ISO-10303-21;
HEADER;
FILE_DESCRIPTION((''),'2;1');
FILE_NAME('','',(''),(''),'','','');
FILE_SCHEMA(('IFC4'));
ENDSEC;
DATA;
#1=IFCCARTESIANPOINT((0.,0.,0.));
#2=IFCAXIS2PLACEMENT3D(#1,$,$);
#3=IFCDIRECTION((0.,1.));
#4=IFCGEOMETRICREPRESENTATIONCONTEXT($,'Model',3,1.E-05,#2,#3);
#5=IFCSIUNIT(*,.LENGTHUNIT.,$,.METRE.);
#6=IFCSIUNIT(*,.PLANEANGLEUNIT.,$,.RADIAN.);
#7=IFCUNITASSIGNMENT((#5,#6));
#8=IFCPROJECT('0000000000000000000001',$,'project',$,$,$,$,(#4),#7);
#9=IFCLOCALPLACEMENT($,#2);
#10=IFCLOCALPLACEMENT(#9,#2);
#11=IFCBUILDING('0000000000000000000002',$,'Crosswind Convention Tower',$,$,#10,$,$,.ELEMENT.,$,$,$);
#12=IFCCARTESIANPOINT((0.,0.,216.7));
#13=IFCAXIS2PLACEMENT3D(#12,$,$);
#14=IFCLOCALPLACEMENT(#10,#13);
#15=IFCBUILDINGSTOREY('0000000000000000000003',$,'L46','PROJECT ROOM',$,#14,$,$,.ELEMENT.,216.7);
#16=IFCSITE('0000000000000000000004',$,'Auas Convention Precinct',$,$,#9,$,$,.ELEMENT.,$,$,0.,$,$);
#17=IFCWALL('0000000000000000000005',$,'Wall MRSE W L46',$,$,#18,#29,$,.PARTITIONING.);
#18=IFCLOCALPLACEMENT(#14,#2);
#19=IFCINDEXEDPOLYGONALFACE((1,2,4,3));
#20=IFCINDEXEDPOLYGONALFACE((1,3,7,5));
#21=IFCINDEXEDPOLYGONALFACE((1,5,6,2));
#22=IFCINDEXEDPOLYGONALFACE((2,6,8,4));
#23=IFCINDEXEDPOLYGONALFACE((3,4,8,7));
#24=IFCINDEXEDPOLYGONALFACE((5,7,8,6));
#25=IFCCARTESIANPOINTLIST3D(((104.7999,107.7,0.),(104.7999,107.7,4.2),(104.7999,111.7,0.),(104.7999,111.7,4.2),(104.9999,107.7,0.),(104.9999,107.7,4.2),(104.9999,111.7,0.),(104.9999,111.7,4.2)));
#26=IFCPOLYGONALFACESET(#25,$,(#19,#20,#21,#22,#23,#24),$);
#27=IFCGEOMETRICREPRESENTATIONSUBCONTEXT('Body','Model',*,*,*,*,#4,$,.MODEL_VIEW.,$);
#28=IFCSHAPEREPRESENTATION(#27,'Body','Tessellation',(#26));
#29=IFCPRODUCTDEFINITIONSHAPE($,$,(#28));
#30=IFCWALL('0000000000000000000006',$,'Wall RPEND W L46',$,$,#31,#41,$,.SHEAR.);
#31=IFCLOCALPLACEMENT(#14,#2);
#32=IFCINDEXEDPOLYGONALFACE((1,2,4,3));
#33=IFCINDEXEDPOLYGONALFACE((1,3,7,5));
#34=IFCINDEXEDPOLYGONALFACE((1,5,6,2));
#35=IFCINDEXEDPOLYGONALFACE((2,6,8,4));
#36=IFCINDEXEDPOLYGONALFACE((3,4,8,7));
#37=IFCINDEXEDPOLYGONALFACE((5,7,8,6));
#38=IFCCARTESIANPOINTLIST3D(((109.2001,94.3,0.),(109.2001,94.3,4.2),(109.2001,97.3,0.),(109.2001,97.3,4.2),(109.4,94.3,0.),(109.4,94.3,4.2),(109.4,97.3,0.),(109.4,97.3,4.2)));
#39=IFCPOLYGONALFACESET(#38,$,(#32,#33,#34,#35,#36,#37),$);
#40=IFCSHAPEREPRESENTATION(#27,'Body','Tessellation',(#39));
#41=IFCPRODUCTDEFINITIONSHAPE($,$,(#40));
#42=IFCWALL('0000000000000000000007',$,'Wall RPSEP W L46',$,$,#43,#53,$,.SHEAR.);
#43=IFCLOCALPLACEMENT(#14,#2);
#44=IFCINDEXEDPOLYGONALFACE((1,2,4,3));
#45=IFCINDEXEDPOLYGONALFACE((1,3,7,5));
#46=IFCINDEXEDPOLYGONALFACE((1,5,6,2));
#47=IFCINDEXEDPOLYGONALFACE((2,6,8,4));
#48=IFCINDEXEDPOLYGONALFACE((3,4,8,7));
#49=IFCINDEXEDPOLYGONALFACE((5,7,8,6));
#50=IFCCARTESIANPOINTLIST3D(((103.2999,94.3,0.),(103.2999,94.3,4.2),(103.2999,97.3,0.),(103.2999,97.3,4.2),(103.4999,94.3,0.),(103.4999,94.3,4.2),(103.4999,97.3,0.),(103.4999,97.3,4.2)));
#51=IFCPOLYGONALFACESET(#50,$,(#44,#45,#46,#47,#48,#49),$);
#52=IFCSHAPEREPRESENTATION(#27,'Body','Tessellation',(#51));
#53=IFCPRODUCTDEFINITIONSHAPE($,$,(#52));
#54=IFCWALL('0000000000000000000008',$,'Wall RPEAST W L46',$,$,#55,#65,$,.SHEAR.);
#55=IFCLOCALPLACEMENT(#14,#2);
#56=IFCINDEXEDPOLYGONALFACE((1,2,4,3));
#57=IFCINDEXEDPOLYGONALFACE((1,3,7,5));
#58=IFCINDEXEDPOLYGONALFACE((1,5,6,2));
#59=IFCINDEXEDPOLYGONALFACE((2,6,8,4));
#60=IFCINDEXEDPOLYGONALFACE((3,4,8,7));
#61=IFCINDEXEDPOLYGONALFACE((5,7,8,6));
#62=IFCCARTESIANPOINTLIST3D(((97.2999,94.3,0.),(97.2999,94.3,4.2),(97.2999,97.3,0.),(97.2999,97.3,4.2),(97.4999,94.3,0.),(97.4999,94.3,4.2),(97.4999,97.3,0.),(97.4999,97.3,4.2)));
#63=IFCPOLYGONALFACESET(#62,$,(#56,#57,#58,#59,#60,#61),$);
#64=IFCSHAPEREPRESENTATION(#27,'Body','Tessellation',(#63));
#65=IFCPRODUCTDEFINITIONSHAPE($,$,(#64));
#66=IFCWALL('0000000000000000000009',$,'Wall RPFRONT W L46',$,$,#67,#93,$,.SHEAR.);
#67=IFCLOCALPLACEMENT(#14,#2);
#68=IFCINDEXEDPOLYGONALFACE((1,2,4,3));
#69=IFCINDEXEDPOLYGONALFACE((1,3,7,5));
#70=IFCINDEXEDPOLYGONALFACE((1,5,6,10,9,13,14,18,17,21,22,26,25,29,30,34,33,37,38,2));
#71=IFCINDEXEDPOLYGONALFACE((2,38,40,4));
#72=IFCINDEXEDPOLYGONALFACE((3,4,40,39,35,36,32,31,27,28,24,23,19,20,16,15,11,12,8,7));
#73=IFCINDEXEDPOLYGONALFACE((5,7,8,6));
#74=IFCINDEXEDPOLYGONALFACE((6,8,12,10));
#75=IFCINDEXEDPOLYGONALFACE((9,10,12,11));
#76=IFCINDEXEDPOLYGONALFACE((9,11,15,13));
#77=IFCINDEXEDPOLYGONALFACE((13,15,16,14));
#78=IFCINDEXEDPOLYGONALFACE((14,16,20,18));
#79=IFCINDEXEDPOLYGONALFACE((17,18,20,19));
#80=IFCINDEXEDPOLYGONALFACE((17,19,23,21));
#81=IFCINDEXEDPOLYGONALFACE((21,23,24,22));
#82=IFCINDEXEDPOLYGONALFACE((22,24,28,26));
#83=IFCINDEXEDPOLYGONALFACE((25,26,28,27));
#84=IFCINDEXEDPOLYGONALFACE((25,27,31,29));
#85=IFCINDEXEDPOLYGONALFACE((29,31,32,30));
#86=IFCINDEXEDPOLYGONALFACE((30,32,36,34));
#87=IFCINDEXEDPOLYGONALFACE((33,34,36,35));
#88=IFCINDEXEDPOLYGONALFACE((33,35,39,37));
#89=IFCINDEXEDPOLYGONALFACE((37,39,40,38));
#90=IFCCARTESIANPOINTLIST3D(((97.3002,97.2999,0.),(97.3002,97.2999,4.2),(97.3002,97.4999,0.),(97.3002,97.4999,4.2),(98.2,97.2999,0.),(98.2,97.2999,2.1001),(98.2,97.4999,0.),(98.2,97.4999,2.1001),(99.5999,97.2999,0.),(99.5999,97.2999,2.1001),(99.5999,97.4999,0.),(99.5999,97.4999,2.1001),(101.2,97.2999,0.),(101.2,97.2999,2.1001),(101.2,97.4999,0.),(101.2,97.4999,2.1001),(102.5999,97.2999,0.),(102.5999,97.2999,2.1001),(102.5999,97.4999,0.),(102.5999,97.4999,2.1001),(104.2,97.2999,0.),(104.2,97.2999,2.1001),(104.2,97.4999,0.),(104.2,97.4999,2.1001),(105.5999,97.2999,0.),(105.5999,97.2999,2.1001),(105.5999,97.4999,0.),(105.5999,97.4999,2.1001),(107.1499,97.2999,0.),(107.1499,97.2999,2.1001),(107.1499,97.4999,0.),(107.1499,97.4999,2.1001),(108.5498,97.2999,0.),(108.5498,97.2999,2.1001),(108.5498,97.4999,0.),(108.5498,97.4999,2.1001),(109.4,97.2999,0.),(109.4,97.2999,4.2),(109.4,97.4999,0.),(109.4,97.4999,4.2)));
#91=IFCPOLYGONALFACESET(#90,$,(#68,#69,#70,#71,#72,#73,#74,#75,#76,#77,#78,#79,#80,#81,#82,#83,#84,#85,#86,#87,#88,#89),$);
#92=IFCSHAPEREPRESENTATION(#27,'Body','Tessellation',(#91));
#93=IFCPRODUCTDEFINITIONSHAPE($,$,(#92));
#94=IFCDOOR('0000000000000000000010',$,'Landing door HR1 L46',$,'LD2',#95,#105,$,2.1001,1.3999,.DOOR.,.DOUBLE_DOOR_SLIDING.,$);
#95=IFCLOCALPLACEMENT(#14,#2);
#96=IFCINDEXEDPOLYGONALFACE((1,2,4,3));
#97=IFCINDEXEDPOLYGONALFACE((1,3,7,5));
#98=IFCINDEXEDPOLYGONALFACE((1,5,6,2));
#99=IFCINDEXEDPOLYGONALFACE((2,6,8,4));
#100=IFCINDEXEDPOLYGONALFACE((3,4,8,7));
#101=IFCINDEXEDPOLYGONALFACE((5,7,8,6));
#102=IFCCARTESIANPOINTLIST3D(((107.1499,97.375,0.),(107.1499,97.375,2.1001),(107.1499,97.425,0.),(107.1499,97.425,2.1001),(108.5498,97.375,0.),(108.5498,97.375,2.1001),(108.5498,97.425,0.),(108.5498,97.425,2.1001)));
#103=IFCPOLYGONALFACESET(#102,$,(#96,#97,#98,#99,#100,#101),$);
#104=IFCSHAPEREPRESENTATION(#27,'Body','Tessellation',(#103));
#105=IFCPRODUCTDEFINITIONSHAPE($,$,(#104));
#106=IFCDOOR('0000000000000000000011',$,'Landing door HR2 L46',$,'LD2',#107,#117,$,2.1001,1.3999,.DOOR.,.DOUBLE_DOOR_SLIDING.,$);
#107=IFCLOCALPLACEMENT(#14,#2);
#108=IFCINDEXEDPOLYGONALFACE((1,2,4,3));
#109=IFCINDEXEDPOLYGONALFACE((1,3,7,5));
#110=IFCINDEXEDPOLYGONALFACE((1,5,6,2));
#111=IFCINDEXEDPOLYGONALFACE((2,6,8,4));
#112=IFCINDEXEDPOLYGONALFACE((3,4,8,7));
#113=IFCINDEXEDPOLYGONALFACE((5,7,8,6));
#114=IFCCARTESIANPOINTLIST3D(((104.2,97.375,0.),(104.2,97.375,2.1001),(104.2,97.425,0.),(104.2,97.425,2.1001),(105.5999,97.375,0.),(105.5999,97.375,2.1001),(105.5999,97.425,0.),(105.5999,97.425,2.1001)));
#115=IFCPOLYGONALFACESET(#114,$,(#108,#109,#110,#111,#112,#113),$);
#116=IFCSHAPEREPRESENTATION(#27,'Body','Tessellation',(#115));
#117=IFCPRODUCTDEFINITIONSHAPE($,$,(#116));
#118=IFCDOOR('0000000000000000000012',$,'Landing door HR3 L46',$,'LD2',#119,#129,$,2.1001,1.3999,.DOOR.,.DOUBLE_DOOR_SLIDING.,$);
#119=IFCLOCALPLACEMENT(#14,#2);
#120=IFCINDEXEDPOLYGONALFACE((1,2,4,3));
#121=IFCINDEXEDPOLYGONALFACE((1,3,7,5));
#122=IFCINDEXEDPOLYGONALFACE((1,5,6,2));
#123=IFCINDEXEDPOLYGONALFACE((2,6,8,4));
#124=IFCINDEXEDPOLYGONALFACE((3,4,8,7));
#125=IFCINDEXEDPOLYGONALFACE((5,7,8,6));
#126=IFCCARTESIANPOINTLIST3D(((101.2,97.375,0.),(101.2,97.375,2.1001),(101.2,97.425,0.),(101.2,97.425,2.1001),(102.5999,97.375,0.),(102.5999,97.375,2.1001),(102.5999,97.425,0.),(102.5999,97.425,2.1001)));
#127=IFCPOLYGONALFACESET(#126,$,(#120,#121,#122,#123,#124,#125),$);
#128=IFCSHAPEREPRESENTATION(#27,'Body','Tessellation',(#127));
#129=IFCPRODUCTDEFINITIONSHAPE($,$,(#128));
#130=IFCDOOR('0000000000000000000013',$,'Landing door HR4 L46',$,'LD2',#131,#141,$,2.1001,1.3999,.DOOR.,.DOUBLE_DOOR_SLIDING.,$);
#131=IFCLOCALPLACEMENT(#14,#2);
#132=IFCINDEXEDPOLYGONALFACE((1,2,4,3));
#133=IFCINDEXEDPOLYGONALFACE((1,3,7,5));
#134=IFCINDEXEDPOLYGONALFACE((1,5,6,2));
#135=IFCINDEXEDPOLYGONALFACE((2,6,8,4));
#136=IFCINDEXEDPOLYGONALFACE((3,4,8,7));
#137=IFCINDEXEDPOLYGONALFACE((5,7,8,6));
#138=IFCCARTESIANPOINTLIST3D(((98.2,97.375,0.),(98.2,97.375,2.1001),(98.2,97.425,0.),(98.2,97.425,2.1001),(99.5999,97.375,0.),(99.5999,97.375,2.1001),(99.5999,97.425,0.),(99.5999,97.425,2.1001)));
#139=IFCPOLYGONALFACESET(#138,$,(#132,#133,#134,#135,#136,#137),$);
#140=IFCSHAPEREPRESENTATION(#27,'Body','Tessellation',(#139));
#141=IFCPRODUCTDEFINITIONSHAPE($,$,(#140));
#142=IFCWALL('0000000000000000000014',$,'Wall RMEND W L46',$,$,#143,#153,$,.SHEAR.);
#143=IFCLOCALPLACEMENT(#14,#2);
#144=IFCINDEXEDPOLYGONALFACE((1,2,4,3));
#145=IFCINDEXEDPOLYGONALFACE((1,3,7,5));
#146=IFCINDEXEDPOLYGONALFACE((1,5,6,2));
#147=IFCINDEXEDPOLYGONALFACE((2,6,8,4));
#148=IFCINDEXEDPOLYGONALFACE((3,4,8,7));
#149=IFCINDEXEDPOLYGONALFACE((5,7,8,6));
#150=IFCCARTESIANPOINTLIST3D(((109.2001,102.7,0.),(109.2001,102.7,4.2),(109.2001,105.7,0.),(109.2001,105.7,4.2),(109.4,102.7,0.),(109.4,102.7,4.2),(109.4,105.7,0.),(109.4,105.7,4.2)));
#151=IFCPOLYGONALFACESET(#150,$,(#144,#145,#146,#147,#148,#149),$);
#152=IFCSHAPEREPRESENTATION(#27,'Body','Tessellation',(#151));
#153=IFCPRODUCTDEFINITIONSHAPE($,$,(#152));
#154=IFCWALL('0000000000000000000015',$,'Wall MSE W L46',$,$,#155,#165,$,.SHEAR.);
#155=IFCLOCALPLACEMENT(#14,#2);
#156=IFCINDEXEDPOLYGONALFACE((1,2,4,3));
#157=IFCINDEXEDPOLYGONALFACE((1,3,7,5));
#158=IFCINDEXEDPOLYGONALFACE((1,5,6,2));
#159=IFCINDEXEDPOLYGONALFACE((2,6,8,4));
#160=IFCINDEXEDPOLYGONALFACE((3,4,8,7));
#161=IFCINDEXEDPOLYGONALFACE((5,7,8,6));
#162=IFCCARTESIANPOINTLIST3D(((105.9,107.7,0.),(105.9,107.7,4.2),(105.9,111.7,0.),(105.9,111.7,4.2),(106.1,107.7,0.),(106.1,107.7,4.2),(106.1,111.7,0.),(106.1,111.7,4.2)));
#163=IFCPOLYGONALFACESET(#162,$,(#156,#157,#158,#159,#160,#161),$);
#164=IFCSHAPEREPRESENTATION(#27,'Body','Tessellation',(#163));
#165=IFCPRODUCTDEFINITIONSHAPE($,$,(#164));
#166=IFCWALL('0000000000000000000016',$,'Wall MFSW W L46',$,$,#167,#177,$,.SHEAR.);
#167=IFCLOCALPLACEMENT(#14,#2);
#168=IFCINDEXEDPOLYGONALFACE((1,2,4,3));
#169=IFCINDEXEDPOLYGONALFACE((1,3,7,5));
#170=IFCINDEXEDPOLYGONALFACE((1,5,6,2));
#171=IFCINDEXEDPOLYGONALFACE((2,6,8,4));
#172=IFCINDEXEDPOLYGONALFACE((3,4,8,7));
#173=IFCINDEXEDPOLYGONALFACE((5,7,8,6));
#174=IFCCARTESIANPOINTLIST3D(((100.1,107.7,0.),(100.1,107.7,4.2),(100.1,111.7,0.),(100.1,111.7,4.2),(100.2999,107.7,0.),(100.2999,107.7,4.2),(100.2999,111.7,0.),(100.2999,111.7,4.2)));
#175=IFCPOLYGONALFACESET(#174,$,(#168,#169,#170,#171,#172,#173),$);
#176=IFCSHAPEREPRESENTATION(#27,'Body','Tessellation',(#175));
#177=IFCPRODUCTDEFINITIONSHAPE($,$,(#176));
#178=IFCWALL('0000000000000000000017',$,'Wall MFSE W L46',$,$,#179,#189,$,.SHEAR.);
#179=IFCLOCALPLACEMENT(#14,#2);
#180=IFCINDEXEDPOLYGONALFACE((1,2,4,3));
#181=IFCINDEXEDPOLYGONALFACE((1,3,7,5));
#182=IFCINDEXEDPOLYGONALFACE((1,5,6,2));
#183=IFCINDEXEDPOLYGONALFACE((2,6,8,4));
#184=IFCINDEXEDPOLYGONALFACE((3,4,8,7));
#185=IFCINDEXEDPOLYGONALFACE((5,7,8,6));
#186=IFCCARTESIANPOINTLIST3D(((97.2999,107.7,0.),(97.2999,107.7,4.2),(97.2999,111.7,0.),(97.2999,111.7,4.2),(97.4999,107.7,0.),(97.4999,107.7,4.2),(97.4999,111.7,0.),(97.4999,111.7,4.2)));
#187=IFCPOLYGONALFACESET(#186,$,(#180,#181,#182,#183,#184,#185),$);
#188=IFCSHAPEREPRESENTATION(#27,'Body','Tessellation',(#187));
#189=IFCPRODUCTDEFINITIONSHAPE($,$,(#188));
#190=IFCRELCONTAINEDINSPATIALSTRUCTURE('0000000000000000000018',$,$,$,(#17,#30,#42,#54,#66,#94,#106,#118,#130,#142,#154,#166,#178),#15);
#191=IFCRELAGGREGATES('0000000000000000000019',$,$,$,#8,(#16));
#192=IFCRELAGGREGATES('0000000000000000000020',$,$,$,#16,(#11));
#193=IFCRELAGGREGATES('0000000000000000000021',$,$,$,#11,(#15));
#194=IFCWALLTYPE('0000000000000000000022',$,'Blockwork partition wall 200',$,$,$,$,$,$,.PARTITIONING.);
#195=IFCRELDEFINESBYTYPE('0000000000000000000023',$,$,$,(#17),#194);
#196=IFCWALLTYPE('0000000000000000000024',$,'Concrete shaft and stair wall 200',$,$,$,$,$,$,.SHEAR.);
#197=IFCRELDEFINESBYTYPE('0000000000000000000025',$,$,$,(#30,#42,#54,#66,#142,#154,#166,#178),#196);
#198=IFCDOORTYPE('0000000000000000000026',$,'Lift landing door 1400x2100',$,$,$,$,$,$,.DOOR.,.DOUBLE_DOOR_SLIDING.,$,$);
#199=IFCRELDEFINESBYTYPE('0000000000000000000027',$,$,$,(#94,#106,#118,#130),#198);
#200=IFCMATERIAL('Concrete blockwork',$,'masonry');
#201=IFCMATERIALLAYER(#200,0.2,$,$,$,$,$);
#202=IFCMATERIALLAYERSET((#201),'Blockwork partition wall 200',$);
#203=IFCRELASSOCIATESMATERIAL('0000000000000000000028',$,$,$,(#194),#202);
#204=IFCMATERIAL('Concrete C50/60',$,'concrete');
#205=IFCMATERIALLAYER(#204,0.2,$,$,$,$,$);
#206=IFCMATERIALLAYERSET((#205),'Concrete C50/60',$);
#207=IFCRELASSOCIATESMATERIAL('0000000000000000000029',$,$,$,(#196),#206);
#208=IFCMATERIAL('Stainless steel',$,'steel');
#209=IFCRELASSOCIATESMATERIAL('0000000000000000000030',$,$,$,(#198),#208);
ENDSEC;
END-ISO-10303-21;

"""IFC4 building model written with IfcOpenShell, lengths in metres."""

from ifc_helpers import new_model, si_unit, direction, frame, frame_2d, origin, place, context, subcontext, project, spatial, rectangle, extrude, material, layer, layer_set, type_object, element, fill, save


model = new_model("IFC4")

# Units and contexts
model_context = context("Model", 3, precision=1e-05, world=origin(), true_north=direction((0.0, 1.0)))
body_context = subcontext(model_context, "Body", "Model", "MODEL_VIEW")
ifc_project = project(units=[si_unit("LENGTHUNIT", "METRE"), si_unit("PLANEANGLEUNIT", "RADIAN")], contexts=[model_context])

# Site, building, storey
site_placement = place(None, origin())
site = spatial("IfcSite", under=ifc_project, at=site_placement, Name="Auas Convention Precinct", CompositionType="ELEMENT", RefElevation=0.0)
building_placement = place(site_placement, origin())
building = spatial("IfcBuilding", under=site, at=building_placement, Name="Crosswind Convention Tower", CompositionType="ELEMENT")
storey_placement = place(building_placement, frame((0.0, 0.0, 216.7)))
storey = spatial("IfcBuildingStorey", under=building, at=storey_placement, Name="L46", Description="PROJECT ROOM", CompositionType="ELEMENT", Elevation=216.7)

# Walls
ifc_material_1 = material(Name="Concrete blockwork", Category="masonry")
ifc_layer_1 = layer(ifc_material_1, 0.2)
ifc_layer_set_1 = layer_set([ifc_layer_1], Name="Blockwork partition wall 200")
wall_type_1 = type_object("IfcWallType", Name="Blockwork partition wall 200", PredefinedType="PARTITIONING", material=ifc_layer_set_1)
wall_1_placement = place(storey_placement, frame((104.8999, 111.7, 0.0), z_axis=(0.0, 0.0, 1.0), x_axis=(0.0, -1.0, 0.0)))
element("IfcWall", 1, at=wall_1_placement, inside=storey, type_object=wall_type_1, Name="Wall MRSE W L46", PredefinedType="PARTITIONING", context=body_context, shape_type="SweptSolid", body=[
    extrude(rectangle(XDim=4.0, YDim=0.2, at=frame_2d((2.0, 0.0))), origin(), (0.0, 0.0, 1.0), 4.2),
])
ifc_material_2 = material(Name="Concrete C50/60", Category="concrete")
ifc_layer_2 = layer(ifc_material_2, 0.2)
ifc_layer_set_2 = layer_set([ifc_layer_2], Name="Concrete C50/60")
wall_type_2 = type_object("IfcWallType", Name="Concrete shaft and stair wall 200", PredefinedType="SHEAR", material=ifc_layer_set_2)
for number, where, z_axis, x_axis, name in (
    (2, (109.3, 97.3, 0.0), (0.0, 0.0, 1.0), (0.0, -1.0, 0.0), "Wall RPEND W L46"),
    (3, (103.3999, 97.3, 0.0), (0.0, 0.0, 1.0), (0.0, -1.0, 0.0), "Wall RPSEP W L46"),
    (4, (97.3999, 97.3, 0.0), (0.0, 0.0, 1.0), (0.0, -1.0, 0.0), "Wall RPEAST W L46"),
):
    element("IfcWall", number, at=place(storey_placement, frame(where, z_axis=z_axis, x_axis=x_axis)), inside=storey, type_object=wall_type_2, Name=name, PredefinedType="SHEAR", context=body_context, shape_type="SweptSolid", body=[
        extrude(rectangle(XDim=3.0, YDim=0.2, at=frame_2d((1.5, 0.0))), origin(), (0.0, 0.0, 1.0), 4.2),
    ])

# Wall, openings, doors
wall_2_placement = place(storey_placement, frame((109.3999, 97.3999, 0.0), z_axis=(0.0, 0.0, 1.0), x_axis=(-1.0, 0.0, 0.0)))
wall_2 = element("IfcWall", 5, at=wall_2_placement, inside=storey, type_object=wall_type_2, Name="Wall RPFRONT W L46", PredefinedType="SHEAR", context=body_context, shape_type="SweptSolid", body=[
    extrude(rectangle(XDim=12.0999, YDim=0.2, at=frame_2d((6.0498, 0.0))), origin(), (0.0, 0.0, 1.0), 4.2),
])
opening_1_placement = place(wall_2_placement, frame((0.8501, 0.0, 0.0)))
opening_1 = element("IfcOpeningElement", 6, at=opening_1_placement, cuts=wall_2, PredefinedType="OPENING", context=body_context, shape_type="SweptSolid", body=[
    extrude(rectangle(XDim=1.3999, YDim=2.1001, at=frame_2d((0.7, 1.05))), frame((0.0, 0.1099, 0.0), z_axis=(0.0, -1.0, 0.0), x_axis=(1.0, 0.0, 0.0)), (0.0, 0.0, 1.0), 0.22),
])
opening_2_placement = place(wall_2_placement, frame((3.8, 0.0, 0.0)))
opening_2 = element("IfcOpeningElement", 7, at=opening_2_placement, cuts=wall_2, PredefinedType="OPENING", context=body_context, shape_type="SweptSolid", body=[
    extrude(rectangle(XDim=1.3999, YDim=2.1001, at=frame_2d((0.7, 1.05))), frame((0.0, 0.1099, 0.0), z_axis=(0.0, -1.0, 0.0), x_axis=(1.0, 0.0, 0.0)), (0.0, 0.0, 1.0), 0.22),
])
opening_3_placement = place(wall_2_placement, frame((6.8, 0.0, 0.0)))
opening_3 = element("IfcOpeningElement", 8, at=opening_3_placement, cuts=wall_2, PredefinedType="OPENING", context=body_context, shape_type="SweptSolid", body=[
    extrude(rectangle(XDim=1.3999, YDim=2.1001, at=frame_2d((0.7, 1.05))), frame((0.0, 0.1099, 0.0), z_axis=(0.0, -1.0, 0.0), x_axis=(1.0, 0.0, 0.0)), (0.0, 0.0, 1.0), 0.22),
])
opening_4_placement = place(wall_2_placement, frame((9.8, 0.0, 0.0)))
opening_4 = element("IfcOpeningElement", 9, at=opening_4_placement, cuts=wall_2, PredefinedType="OPENING", context=body_context, shape_type="SweptSolid", body=[
    extrude(rectangle(XDim=1.3999, YDim=2.1001, at=frame_2d((0.7, 1.05))), frame((0.0, 0.1099, 0.0), z_axis=(0.0, -1.0, 0.0), x_axis=(1.0, 0.0, 0.0)), (0.0, 0.0, 1.0), 0.22),
])
ifc_material_3 = material(Name="Stainless steel", Category="steel")
door_type_1 = type_object("IfcDoorType", Name="Lift landing door 1400x2100", OperationType="DOUBLE_DOOR_SLIDING", PredefinedType="DOOR", material=ifc_material_3)
door_1_placement = place(opening_1_placement, origin())
door_1 = element("IfcDoor", 10, at=door_1_placement, inside=storey, type_object=door_type_1, Name="Landing door HR1 L46", ObjectType="LD2", OperationType="DOUBLE_DOOR_SLIDING", OverallHeight=2.1001, OverallWidth=1.3999, PredefinedType="DOOR", context=body_context, shape_type="SweptSolid", body=[
    extrude(rectangle(XDim=1.3999, YDim=2.1001, at=frame_2d((0.7, 1.05))), frame((0.0, 0.0249, 0.0), z_axis=(0.0, -1.0, 0.0), x_axis=(1.0, 0.0, 0.0)), (0.0, 0.0, 1.0), 0.05),
])
fill(opening_1, door_1)
door_2_placement = place(opening_2_placement, origin())
door_2 = element("IfcDoor", 11, at=door_2_placement, inside=storey, type_object=door_type_1, Name="Landing door HR2 L46", ObjectType="LD2", OperationType="DOUBLE_DOOR_SLIDING", OverallHeight=2.1001, OverallWidth=1.3999, PredefinedType="DOOR", context=body_context, shape_type="SweptSolid", body=[
    extrude(rectangle(XDim=1.3999, YDim=2.1001, at=frame_2d((0.7, 1.05))), frame((0.0, 0.0249, 0.0), z_axis=(0.0, -1.0, 0.0), x_axis=(1.0, 0.0, 0.0)), (0.0, 0.0, 1.0), 0.05),
])
fill(opening_2, door_2)
door_3_placement = place(opening_3_placement, origin())
door_3 = element("IfcDoor", 12, at=door_3_placement, inside=storey, type_object=door_type_1, Name="Landing door HR3 L46", ObjectType="LD2", OperationType="DOUBLE_DOOR_SLIDING", OverallHeight=2.1001, OverallWidth=1.3999, PredefinedType="DOOR", context=body_context, shape_type="SweptSolid", body=[
    extrude(rectangle(XDim=1.3999, YDim=2.1001, at=frame_2d((0.7, 1.05))), frame((0.0, 0.0249, 0.0), z_axis=(0.0, -1.0, 0.0), x_axis=(1.0, 0.0, 0.0)), (0.0, 0.0, 1.0), 0.05),
])
fill(opening_3, door_3)
door_4_placement = place(opening_4_placement, origin())
door_4 = element("IfcDoor", 13, at=door_4_placement, inside=storey, type_object=door_type_1, Name="Landing door HR4 L46", ObjectType="LD2", OperationType="DOUBLE_DOOR_SLIDING", OverallHeight=2.1001, OverallWidth=1.3999, PredefinedType="DOOR", context=body_context, shape_type="SweptSolid", body=[
    extrude(rectangle(XDim=1.3999, YDim=2.1001, at=frame_2d((0.7, 1.05))), frame((0.0, 0.0249, 0.0), z_axis=(0.0, -1.0, 0.0), x_axis=(1.0, 0.0, 0.0)), (0.0, 0.0, 1.0), 0.05),
])
fill(opening_4, door_4)

# Walls
wall_3_placement = place(storey_placement, frame((109.3, 105.7, 0.0), z_axis=(0.0, 0.0, 1.0), x_axis=(0.0, -1.0, 0.0)))
element("IfcWall", 14, at=wall_3_placement, inside=storey, type_object=wall_type_2, Name="Wall RMEND W L46", PredefinedType="SHEAR", context=body_context, shape_type="SweptSolid", body=[
    extrude(rectangle(XDim=3.0, YDim=0.2, at=frame_2d((1.5, 0.0))), origin(), (0.0, 0.0, 1.0), 4.2),
])
for number, where, z_axis, x_axis, name in (
    (15, (106.0, 111.7, 0.0), (0.0, 0.0, 1.0), (0.0, -1.0, 0.0), "Wall MSE W L46"),
    (16, (100.2, 111.7, 0.0), (0.0, 0.0, 1.0), (0.0, -1.0, 0.0), "Wall MFSW W L46"),
    (17, (97.3999, 111.7, 0.0), (0.0, 0.0, 1.0), (0.0, -1.0, 0.0), "Wall MFSE W L46"),
):
    element("IfcWall", number, at=place(storey_placement, frame(where, z_axis=z_axis, x_axis=x_axis)), inside=storey, type_object=wall_type_2, Name=name, PredefinedType="SHEAR", context=body_context, shape_type="SweptSolid", body=[
        extrude(rectangle(XDim=4.0, YDim=0.2, at=frame_2d((2.0, 0.0))), origin(), (0.0, 0.0, 1.0), 4.2),
    ])

save(model, "model.ifc")
